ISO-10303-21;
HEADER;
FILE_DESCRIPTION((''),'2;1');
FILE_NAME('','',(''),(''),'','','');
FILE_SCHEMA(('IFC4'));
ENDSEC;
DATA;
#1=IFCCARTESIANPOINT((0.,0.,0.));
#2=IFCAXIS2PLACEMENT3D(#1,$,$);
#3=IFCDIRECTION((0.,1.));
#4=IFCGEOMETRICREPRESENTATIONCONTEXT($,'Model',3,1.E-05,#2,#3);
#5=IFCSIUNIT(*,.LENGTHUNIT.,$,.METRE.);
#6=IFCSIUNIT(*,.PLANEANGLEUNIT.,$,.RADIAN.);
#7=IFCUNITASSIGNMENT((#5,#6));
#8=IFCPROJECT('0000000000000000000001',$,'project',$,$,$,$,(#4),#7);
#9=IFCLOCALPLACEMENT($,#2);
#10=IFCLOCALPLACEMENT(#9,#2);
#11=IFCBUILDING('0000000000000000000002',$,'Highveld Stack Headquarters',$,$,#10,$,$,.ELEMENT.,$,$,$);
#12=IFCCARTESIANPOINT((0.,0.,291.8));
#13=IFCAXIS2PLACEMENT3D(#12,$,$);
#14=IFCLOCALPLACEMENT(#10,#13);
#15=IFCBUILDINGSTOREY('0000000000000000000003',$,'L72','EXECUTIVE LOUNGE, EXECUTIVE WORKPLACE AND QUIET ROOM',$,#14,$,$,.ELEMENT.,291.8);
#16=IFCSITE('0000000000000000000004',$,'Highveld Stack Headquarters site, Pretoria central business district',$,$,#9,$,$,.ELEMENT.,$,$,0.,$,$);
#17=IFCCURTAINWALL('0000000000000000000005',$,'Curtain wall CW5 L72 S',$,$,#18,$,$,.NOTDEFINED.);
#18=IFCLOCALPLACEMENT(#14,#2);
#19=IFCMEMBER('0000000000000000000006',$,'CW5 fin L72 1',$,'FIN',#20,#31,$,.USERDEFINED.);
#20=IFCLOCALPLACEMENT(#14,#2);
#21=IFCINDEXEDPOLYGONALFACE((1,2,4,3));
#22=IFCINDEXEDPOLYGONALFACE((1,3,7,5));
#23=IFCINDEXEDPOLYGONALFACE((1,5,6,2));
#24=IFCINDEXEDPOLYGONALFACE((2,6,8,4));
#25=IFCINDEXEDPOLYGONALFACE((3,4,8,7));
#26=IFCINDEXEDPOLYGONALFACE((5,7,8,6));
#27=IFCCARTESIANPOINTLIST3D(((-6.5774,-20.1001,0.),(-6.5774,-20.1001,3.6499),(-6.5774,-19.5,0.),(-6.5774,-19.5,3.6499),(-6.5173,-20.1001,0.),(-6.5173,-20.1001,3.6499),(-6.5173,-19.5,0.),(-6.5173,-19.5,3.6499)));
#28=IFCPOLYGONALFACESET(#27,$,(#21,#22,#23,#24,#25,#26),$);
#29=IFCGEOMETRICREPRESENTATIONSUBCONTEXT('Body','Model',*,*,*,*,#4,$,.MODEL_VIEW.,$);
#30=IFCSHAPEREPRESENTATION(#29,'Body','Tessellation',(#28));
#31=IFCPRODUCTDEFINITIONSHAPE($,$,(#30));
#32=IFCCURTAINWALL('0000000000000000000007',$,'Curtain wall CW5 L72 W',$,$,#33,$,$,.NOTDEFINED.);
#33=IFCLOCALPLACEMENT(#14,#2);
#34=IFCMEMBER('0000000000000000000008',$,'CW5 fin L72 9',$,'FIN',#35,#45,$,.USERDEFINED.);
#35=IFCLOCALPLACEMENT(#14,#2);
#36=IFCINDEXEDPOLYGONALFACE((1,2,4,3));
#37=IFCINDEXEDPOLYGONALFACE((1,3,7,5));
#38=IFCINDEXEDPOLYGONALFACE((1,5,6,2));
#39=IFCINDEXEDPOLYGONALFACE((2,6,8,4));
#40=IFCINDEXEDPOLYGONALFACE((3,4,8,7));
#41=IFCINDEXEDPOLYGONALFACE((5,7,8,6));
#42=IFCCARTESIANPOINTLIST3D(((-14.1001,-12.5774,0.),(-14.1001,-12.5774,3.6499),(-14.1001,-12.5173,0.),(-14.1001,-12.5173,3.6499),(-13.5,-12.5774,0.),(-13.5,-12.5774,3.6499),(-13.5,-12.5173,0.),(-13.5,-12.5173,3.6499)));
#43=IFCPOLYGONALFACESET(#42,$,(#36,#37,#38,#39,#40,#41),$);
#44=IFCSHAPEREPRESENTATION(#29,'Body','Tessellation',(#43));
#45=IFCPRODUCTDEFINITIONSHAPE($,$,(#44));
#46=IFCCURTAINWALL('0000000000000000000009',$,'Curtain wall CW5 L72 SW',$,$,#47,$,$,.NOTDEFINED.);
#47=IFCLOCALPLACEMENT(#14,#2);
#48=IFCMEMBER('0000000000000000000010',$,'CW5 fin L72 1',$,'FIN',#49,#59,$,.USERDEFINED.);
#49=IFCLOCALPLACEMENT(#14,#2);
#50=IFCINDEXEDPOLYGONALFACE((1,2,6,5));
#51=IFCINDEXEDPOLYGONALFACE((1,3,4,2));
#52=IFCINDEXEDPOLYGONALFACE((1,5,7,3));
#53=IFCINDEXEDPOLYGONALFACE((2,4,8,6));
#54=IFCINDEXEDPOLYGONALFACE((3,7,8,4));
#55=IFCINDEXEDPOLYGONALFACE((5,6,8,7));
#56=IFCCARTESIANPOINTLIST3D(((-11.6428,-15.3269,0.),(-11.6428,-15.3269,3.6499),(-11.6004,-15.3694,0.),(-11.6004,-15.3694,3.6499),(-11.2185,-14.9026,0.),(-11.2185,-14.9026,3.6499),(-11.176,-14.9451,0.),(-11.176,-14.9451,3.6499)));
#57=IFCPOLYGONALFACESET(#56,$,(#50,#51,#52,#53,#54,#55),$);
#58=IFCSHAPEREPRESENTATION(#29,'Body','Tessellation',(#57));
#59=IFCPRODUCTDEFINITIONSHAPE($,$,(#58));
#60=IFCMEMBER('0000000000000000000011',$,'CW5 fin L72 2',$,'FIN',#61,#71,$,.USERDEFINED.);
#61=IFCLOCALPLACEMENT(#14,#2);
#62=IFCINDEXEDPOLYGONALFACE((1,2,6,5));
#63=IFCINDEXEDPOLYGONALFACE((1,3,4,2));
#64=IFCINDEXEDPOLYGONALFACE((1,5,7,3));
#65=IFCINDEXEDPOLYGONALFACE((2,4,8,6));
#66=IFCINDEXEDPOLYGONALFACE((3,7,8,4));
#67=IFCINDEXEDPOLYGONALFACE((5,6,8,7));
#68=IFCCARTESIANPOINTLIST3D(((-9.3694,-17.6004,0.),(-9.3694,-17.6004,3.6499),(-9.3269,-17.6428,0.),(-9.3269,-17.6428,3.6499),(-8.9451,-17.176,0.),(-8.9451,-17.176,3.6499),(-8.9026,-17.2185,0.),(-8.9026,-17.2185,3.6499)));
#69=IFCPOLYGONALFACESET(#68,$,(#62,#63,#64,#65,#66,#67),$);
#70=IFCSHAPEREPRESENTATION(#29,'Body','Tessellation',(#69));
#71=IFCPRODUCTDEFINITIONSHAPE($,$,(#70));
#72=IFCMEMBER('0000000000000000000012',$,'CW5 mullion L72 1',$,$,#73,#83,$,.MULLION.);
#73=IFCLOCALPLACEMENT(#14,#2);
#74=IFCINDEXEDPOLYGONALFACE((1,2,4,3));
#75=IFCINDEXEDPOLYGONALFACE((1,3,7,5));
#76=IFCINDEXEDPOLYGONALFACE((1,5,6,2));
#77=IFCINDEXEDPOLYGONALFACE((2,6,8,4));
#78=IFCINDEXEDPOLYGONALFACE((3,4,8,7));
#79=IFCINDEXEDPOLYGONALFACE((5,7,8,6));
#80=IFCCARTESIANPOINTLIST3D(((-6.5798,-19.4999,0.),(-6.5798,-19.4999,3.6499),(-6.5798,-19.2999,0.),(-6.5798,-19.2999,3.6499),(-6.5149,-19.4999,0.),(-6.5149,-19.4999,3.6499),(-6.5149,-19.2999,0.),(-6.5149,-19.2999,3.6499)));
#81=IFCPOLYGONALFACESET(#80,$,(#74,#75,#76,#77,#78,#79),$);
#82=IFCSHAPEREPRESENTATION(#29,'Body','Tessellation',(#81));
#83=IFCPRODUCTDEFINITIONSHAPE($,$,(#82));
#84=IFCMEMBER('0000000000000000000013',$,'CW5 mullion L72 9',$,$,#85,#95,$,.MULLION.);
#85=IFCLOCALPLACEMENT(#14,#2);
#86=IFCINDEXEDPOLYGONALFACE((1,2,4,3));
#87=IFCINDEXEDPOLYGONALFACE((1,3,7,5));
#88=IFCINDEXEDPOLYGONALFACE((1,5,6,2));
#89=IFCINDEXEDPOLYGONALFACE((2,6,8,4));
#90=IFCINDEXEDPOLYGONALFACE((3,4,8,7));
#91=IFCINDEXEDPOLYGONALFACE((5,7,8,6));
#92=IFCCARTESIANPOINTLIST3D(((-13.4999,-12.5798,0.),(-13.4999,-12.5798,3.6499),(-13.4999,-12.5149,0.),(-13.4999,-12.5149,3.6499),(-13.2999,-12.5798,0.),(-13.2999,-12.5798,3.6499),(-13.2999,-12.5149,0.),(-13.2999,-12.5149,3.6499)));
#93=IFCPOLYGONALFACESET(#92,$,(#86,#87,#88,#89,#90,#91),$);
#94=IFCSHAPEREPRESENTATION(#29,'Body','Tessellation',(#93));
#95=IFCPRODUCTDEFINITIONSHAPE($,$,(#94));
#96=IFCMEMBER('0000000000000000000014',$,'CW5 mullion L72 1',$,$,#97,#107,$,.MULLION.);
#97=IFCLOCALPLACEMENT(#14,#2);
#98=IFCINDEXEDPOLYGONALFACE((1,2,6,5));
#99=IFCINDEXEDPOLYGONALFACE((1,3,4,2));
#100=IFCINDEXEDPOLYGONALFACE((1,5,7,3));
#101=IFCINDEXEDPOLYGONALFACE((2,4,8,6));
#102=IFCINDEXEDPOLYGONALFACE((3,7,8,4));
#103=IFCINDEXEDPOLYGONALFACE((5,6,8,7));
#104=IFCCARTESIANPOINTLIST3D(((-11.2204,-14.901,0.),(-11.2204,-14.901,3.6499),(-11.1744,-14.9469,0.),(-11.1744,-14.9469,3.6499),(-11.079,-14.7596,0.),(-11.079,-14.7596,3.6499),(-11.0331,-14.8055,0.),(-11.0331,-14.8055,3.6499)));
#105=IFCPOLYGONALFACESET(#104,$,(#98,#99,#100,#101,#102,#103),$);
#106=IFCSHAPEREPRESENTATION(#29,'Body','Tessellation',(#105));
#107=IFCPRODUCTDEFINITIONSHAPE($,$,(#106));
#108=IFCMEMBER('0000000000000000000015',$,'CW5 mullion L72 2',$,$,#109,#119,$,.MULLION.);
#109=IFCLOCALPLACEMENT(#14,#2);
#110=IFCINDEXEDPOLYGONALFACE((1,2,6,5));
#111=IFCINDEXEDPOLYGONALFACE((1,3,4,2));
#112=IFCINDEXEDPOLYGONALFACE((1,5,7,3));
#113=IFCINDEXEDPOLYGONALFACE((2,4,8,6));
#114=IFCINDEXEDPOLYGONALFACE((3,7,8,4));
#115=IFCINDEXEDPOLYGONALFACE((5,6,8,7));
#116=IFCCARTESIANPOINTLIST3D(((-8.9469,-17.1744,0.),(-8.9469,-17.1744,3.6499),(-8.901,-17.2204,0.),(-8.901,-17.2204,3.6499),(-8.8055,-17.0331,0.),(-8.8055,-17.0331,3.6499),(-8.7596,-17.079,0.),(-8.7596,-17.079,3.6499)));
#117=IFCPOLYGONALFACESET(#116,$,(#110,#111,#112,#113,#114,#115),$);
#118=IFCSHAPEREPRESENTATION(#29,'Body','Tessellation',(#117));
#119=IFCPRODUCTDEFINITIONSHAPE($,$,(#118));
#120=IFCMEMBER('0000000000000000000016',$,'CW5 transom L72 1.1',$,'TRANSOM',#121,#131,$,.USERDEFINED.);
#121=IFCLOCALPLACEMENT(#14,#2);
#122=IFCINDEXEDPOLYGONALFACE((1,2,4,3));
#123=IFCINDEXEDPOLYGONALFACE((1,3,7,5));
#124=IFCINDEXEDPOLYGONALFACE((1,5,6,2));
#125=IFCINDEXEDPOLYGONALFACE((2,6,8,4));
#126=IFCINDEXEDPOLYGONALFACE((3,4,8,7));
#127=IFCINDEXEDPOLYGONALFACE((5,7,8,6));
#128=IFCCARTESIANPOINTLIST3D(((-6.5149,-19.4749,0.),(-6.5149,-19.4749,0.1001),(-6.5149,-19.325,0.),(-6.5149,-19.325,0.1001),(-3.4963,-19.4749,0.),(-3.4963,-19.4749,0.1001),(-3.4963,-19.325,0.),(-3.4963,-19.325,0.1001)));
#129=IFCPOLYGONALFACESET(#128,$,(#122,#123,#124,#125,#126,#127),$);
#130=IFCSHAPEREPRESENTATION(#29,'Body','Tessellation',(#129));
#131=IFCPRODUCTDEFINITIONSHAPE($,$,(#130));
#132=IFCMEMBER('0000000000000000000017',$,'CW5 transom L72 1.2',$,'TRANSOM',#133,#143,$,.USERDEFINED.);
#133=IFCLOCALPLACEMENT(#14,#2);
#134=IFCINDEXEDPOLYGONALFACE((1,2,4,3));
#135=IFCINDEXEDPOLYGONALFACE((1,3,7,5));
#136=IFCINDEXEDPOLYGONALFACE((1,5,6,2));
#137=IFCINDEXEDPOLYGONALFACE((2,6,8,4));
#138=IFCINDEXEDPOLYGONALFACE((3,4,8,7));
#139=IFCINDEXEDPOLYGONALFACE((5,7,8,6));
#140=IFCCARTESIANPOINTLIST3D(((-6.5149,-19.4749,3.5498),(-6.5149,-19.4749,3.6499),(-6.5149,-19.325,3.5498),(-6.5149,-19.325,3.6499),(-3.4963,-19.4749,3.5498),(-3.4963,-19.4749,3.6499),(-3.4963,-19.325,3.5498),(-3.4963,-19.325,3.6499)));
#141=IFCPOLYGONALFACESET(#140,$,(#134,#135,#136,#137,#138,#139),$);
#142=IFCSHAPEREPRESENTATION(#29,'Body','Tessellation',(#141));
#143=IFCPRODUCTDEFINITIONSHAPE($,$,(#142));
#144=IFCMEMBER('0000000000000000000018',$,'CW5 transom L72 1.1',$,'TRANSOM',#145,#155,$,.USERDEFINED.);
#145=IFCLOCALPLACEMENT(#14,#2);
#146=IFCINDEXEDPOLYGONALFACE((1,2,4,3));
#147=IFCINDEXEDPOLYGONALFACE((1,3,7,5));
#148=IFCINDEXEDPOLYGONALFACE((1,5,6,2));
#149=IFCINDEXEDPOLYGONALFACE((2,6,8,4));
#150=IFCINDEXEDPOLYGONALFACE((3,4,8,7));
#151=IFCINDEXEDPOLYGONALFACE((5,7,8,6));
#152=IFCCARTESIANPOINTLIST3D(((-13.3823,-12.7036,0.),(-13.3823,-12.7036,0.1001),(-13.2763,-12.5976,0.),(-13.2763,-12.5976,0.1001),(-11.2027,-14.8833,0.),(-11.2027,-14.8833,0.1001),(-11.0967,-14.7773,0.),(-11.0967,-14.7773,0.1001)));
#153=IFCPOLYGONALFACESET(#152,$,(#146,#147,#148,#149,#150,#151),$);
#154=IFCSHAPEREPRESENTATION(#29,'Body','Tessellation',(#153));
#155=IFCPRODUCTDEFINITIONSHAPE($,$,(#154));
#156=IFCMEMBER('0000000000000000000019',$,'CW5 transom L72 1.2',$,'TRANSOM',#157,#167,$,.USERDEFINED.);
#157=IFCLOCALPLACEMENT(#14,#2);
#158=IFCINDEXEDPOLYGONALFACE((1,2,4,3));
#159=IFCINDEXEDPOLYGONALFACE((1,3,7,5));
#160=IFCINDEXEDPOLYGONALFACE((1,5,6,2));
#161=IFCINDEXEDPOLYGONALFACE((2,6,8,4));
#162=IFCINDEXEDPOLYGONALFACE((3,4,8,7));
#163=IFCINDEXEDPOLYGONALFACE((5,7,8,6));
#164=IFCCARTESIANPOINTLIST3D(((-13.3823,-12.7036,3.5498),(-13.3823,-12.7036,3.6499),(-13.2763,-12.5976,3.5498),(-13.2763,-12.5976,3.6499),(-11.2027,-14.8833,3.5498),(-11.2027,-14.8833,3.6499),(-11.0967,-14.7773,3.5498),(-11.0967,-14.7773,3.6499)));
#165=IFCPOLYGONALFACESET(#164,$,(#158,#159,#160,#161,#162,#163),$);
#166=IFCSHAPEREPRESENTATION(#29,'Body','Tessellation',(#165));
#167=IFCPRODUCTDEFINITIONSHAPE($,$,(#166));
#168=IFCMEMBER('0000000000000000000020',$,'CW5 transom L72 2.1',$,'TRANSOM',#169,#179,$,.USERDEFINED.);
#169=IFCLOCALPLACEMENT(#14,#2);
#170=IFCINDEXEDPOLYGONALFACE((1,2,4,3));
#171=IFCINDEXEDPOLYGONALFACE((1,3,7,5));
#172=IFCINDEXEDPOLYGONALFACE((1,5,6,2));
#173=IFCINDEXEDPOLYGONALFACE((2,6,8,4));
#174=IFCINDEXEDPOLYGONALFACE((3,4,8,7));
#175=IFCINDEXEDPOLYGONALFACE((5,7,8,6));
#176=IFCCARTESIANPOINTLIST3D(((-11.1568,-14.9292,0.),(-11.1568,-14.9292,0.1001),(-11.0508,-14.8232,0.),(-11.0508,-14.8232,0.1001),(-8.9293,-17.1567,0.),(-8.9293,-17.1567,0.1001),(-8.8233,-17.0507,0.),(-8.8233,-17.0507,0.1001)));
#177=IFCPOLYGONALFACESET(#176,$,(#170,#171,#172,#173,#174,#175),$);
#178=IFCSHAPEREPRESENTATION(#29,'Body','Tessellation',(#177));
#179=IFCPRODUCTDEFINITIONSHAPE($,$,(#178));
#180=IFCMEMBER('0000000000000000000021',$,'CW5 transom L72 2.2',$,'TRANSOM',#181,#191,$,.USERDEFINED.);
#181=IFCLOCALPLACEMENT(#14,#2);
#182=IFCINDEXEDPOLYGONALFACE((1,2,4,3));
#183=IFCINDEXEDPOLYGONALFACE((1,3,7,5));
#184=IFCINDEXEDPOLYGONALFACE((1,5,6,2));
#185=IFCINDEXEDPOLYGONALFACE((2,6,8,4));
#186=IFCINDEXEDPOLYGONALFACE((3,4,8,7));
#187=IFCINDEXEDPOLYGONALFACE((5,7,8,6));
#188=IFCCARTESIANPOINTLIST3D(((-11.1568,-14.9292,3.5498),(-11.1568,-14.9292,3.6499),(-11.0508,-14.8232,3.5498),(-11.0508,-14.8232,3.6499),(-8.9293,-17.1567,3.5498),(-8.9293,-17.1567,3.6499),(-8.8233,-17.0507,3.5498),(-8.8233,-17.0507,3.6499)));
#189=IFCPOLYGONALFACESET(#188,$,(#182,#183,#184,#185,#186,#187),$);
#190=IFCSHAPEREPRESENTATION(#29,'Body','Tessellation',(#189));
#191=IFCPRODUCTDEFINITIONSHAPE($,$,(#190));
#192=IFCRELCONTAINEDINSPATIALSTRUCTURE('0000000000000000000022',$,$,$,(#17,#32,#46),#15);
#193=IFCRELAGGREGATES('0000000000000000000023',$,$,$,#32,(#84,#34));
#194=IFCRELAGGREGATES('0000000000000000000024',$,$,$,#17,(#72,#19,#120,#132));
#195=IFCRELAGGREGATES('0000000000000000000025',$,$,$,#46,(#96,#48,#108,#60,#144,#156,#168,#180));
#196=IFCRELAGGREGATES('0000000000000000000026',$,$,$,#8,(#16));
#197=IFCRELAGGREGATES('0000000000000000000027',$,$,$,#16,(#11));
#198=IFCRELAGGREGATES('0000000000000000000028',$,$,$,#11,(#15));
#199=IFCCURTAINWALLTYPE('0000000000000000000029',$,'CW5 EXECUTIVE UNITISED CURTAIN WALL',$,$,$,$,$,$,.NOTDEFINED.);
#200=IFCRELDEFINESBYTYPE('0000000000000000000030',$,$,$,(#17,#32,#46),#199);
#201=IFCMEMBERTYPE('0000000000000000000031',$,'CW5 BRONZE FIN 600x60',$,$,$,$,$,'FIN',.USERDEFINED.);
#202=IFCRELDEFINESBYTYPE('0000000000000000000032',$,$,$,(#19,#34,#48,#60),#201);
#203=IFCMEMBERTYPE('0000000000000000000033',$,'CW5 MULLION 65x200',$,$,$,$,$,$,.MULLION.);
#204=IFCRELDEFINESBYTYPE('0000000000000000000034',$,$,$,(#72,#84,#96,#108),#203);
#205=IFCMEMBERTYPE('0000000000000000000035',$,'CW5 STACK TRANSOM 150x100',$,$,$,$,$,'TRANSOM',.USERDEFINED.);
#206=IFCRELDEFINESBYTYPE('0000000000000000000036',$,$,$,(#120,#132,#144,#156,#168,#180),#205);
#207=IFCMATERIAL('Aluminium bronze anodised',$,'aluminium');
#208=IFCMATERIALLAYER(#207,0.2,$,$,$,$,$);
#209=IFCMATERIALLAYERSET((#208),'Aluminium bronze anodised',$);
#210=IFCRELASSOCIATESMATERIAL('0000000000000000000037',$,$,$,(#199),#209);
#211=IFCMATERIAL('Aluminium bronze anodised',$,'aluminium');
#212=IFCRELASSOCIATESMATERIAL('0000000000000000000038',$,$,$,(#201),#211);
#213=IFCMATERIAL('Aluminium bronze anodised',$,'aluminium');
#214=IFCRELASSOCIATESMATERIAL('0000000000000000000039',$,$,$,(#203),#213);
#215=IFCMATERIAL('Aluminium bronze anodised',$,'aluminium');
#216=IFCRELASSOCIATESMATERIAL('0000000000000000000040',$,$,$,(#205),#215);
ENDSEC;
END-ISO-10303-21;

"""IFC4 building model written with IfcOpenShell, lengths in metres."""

from ifc_helpers import new_model, si_unit, direction, frame, origin, origin_2d, place, context, subcontext, project, spatial, rectangle, extrude, material, layer, layer_set, material_profile, profile_set, type_object, element, aggregate, save


model = new_model("IFC4")

# Units and contexts
model_context = context("Model", 3, precision=1e-05, world=origin(), true_north=direction((0.0, 1.0)))
body_context = subcontext(model_context, "Body", "Model", "MODEL_VIEW")
ifc_project = project(units=[si_unit("LENGTHUNIT", "METRE"), si_unit("PLANEANGLEUNIT", "RADIAN")], contexts=[model_context])

# Site, building, storey
site_placement = place(None, origin())
site = spatial("IfcSite", under=ifc_project, at=site_placement, Name="Highveld Stack Headquarters site, Pretoria central business district", CompositionType="ELEMENT", RefElevation=0.0)
building_placement = place(site_placement, origin())
building = spatial("IfcBuilding", under=site, at=building_placement, Name="Highveld Stack Headquarters", CompositionType="ELEMENT")
storey_placement = place(building_placement, frame((0.0, 0.0, 291.8)))
storey = spatial("IfcBuildingStorey", under=building, at=storey_placement, Name="L72", Description="EXECUTIVE LOUNGE, EXECUTIVE WORKPLACE AND QUIET ROOM", CompositionType="ELEMENT", Elevation=291.8)

# Curtain walls, members
ifc_material_1 = material(Name="Aluminium bronze anodised", Category="aluminium")
ifc_layer_1 = layer(ifc_material_1, 0.2)
ifc_layer_set_1 = layer_set([ifc_layer_1], Name="Aluminium bronze anodised")
curtain_wall_type = type_object("IfcCurtainWallType", Name="CW5 EXECUTIVE UNITISED CURTAIN WALL", PredefinedType="NOTDEFINED", material=ifc_layer_set_1)
curtain_wall_1_placement = place(storey_placement, origin())
curtain_wall_1 = element("IfcCurtainWall", 1, at=curtain_wall_1_placement, inside=storey, type_object=curtain_wall_type, Name="Curtain wall CW5 L72 S", PredefinedType="NOTDEFINED")
ifc_material_2 = material(Name="Aluminium bronze anodised", Category="aluminium")
ifc_material_profile_1 = material_profile(ifc_material_2, rectangle(XDim=0.6001, YDim=0.0601, at=origin_2d()), Name="FIN 600x60")
ifc_profile_set_1 = profile_set([ifc_material_profile_1], Name="Aluminium bronze anodised")
member_type_1 = type_object("IfcMemberType", Name="CW5 BRONZE FIN 600x60", ElementType="FIN", PredefinedType="USERDEFINED", material=ifc_profile_set_1)
member_1_placement = place(storey_placement, frame((-6.5474, -19.8, 0.0), z_axis=(0.0, 0.0, 1.0), x_axis=(0.0, 1.0, 0.0)))
member_1 = element("IfcMember", 2, at=member_1_placement, type_object=member_type_1, Name="CW5 fin L72 1", ObjectType="FIN", PredefinedType="USERDEFINED", context=body_context, shape_type="SweptSolid", body=[
    extrude(rectangle(XDim=0.6001, YDim=0.0601, at=origin_2d()), origin(), (0.0, 0.0, 1.0), 3.6499),
])
curtain_wall_2_placement = place(storey_placement, origin())
curtain_wall_2 = element("IfcCurtainWall", 3, at=curtain_wall_2_placement, inside=storey, type_object=curtain_wall_type, Name="Curtain wall CW5 L72 W", PredefinedType="NOTDEFINED")
member_2_placement = place(storey_placement, frame((-13.8, -12.5474, 0.0), z_axis=(0.0, 0.0, 1.0), x_axis=(1.0, 0.0, 0.0)))
member_2 = element("IfcMember", 4, at=member_2_placement, type_object=member_type_1, Name="CW5 fin L72 9", ObjectType="FIN", PredefinedType="USERDEFINED", context=body_context, shape_type="SweptSolid", body=[
    extrude(rectangle(XDim=0.6001, YDim=0.0601, at=origin_2d()), origin(), (0.0, 0.0, 1.0), 3.6499),
])

# Curtain wall, members
curtain_wall_3_placement = place(storey_placement, origin())
curtain_wall_3 = element("IfcCurtainWall", 5, at=curtain_wall_3_placement, inside=storey, type_object=curtain_wall_type, Name="Curtain wall CW5 L72 SW", PredefinedType="NOTDEFINED")
member_3_placement = place(storey_placement, frame((-11.4094, -15.136, 0.0), z_axis=(0.0, 0.0, 1.0), x_axis=(0.707107, 0.707107, 0.0)))
member_3 = element("IfcMember", 6, at=member_3_placement, type_object=member_type_1, Name="CW5 fin L72 1", ObjectType="FIN", PredefinedType="USERDEFINED", context=body_context, shape_type="SweptSolid", body=[
    extrude(rectangle(XDim=0.6001, YDim=0.0601, at=origin_2d()), origin(), (0.0, 0.0, 1.0), 3.6499),
])
member_4_placement = place(storey_placement, frame((-9.136, -17.4094, 0.0), z_axis=(0.0, 0.0, 1.0), x_axis=(0.707107, 0.707107, 0.0)))
member_4 = element("IfcMember", 7, at=member_4_placement, type_object=member_type_1, Name="CW5 fin L72 2", ObjectType="FIN", PredefinedType="USERDEFINED", context=body_context, shape_type="SweptSolid", body=[
    extrude(rectangle(XDim=0.6001, YDim=0.0601, at=origin_2d()), origin(), (0.0, 0.0, 1.0), 3.6499),
])

# Members
ifc_material_3 = material(Name="Aluminium bronze anodised", Category="aluminium")
ifc_material_profile_2 = material_profile(ifc_material_3, rectangle(XDim=0.2, YDim=0.0649, at=origin_2d()), Name="CW5 MULLION 65x200")
ifc_profile_set_2 = profile_set([ifc_material_profile_2], Name="Aluminium bronze anodised")
member_type_2 = type_object("IfcMemberType", Name="CW5 MULLION 65x200", PredefinedType="MULLION", material=ifc_profile_set_2)
member_5_placement = place(storey_placement, frame((-6.5474, -19.3999, 0.0), z_axis=(0.0, 0.0, 1.0), x_axis=(0.0, 1.0, 0.0)))
member_5 = element("IfcMember", 8, at=member_5_placement, type_object=member_type_2, Name="CW5 mullion L72 1", PredefinedType="MULLION", context=body_context, shape_type="SweptSolid", body=[
    extrude(rectangle(XDim=0.2, YDim=0.0649, at=origin_2d()), origin(), (0.0, 0.0, 1.0), 3.6499),
])
member_6_placement = place(storey_placement, frame((-13.3999, -12.5474, 0.0), z_axis=(0.0, 0.0, 1.0), x_axis=(1.0, 0.0, 0.0)))
member_6 = element("IfcMember", 9, at=member_6_placement, type_object=member_type_2, Name="CW5 mullion L72 9", PredefinedType="MULLION", context=body_context, shape_type="SweptSolid", body=[
    extrude(rectangle(XDim=0.2, YDim=0.0649, at=origin_2d()), origin(), (0.0, 0.0, 1.0), 3.6499),
])
aggregate(curtain_wall_2, [member_6, member_2])
member_7_placement = place(storey_placement, frame((-11.1267, -14.8533, 0.0), z_axis=(0.0, 0.0, 1.0), x_axis=(0.707107, 0.707107, 0.0)))
member_7 = element("IfcMember", 10, at=member_7_placement, type_object=member_type_2, Name="CW5 mullion L72 1", PredefinedType="MULLION", context=body_context, shape_type="SweptSolid", body=[
    extrude(rectangle(XDim=0.2, YDim=0.0649, at=origin_2d()), origin(), (0.0, 0.0, 1.0), 3.6499),
])
member_8_placement = place(storey_placement, frame((-8.8533, -17.1267, 0.0), z_axis=(0.0, 0.0, 1.0), x_axis=(0.707107, 0.707107, 0.0)))
member_8 = element("IfcMember", 11, at=member_8_placement, type_object=member_type_2, Name="CW5 mullion L72 2", PredefinedType="MULLION", context=body_context, shape_type="SweptSolid", body=[
    extrude(rectangle(XDim=0.2, YDim=0.0649, at=origin_2d()), origin(), (0.0, 0.0, 1.0), 3.6499),
])
ifc_material_4 = material(Name="Aluminium bronze anodised", Category="aluminium")
ifc_material_profile_3 = material_profile(ifc_material_4, rectangle(XDim=0.1499, YDim=0.1001, at=origin_2d()), Name="CW5 TRANSOM 150x100")
ifc_profile_set_3 = profile_set([ifc_material_profile_3], Name="Aluminium bronze anodised")
member_type_3 = type_object("IfcMemberType", Name="CW5 STACK TRANSOM 150x100", ElementType="TRANSOM", PredefinedType="USERDEFINED", material=ifc_profile_set_3)
member_9_placement = place(storey_placement, frame((-6.5149, -19.3999, 0.05), z_axis=(1.0, 0.0, 0.0), x_axis=(0.0, 1.0, 0.0)))
member_9 = element("IfcMember", 12, at=member_9_placement, type_object=member_type_3, Name="CW5 transom L72 1.1", ObjectType="TRANSOM", PredefinedType="USERDEFINED", context=body_context, shape_type="SweptSolid", body=[
    extrude(rectangle(XDim=0.1499, YDim=0.1001, at=origin_2d()), origin(), (0.0, 0.0, 1.0), 3.0186),
])
member_10_placement = place(storey_placement, frame((-6.5149, -19.3999, 3.5999), z_axis=(1.0, 0.0, 0.0), x_axis=(0.0, 1.0, 0.0)))
member_10 = element("IfcMember", 13, at=member_10_placement, type_object=member_type_3, Name="CW5 transom L72 1.2", ObjectType="TRANSOM", PredefinedType="USERDEFINED", context=body_context, shape_type="SweptSolid", body=[
    extrude(rectangle(XDim=0.1499, YDim=0.1001, at=origin_2d()), origin(), (0.0, 0.0, 1.0), 3.0186),
])
aggregate(curtain_wall_1, [member_5, member_1, member_9, member_10])
member_11_placement = place(storey_placement, frame((-13.3293, -12.6506, 0.05), z_axis=(0.707107, -0.707107, 0.0), x_axis=(0.707107, 0.707107, 0.0)))
member_11 = element("IfcMember", 14, at=member_11_placement, type_object=member_type_3, Name="CW5 transom L72 1.1", ObjectType="TRANSOM", PredefinedType="USERDEFINED", context=body_context, shape_type="SweptSolid", body=[
    extrude(rectangle(XDim=0.1499, YDim=0.1001, at=origin_2d()), origin(), (0.0, 0.0, 1.0), 3.0825),
])
member_12_placement = place(storey_placement, frame((-13.3293, -12.6506, 3.5999), z_axis=(0.707107, -0.707107, 0.0), x_axis=(0.707107, 0.707107, 0.0)))
member_12 = element("IfcMember", 15, at=member_12_placement, type_object=member_type_3, Name="CW5 transom L72 1.2", ObjectType="TRANSOM", PredefinedType="USERDEFINED", context=body_context, shape_type="SweptSolid", body=[
    extrude(rectangle(XDim=0.1499, YDim=0.1001, at=origin_2d()), origin(), (0.0, 0.0, 1.0), 3.0825),
])
member_13_placement = place(storey_placement, frame((-11.1038, -14.8762, 0.05), z_axis=(0.707107, -0.707107, 0.0), x_axis=(0.707107, 0.707107, 0.0)))
member_13 = element("IfcMember", 16, at=member_13_placement, type_object=member_type_3, Name="CW5 transom L72 2.1", ObjectType="TRANSOM", PredefinedType="USERDEFINED", context=body_context, shape_type="SweptSolid", body=[
    extrude(rectangle(XDim=0.1499, YDim=0.1001, at=origin_2d()), origin(), (0.0, 0.0, 1.0), 3.1501),
])
member_14_placement = place(storey_placement, frame((-11.1038, -14.8762, 3.5999), z_axis=(0.707107, -0.707107, 0.0), x_axis=(0.707107, 0.707107, 0.0)))
member_14 = element("IfcMember", 17, at=member_14_placement, type_object=member_type_3, Name="CW5 transom L72 2.2", ObjectType="TRANSOM", PredefinedType="USERDEFINED", context=body_context, shape_type="SweptSolid", body=[
    extrude(rectangle(XDim=0.1499, YDim=0.1001, at=origin_2d()), origin(), (0.0, 0.0, 1.0), 3.1501),
])

aggregate(curtain_wall_3, [member_7, member_3, member_8, member_4, member_11, member_12, member_13, member_14])

save(model, "model.ifc")
